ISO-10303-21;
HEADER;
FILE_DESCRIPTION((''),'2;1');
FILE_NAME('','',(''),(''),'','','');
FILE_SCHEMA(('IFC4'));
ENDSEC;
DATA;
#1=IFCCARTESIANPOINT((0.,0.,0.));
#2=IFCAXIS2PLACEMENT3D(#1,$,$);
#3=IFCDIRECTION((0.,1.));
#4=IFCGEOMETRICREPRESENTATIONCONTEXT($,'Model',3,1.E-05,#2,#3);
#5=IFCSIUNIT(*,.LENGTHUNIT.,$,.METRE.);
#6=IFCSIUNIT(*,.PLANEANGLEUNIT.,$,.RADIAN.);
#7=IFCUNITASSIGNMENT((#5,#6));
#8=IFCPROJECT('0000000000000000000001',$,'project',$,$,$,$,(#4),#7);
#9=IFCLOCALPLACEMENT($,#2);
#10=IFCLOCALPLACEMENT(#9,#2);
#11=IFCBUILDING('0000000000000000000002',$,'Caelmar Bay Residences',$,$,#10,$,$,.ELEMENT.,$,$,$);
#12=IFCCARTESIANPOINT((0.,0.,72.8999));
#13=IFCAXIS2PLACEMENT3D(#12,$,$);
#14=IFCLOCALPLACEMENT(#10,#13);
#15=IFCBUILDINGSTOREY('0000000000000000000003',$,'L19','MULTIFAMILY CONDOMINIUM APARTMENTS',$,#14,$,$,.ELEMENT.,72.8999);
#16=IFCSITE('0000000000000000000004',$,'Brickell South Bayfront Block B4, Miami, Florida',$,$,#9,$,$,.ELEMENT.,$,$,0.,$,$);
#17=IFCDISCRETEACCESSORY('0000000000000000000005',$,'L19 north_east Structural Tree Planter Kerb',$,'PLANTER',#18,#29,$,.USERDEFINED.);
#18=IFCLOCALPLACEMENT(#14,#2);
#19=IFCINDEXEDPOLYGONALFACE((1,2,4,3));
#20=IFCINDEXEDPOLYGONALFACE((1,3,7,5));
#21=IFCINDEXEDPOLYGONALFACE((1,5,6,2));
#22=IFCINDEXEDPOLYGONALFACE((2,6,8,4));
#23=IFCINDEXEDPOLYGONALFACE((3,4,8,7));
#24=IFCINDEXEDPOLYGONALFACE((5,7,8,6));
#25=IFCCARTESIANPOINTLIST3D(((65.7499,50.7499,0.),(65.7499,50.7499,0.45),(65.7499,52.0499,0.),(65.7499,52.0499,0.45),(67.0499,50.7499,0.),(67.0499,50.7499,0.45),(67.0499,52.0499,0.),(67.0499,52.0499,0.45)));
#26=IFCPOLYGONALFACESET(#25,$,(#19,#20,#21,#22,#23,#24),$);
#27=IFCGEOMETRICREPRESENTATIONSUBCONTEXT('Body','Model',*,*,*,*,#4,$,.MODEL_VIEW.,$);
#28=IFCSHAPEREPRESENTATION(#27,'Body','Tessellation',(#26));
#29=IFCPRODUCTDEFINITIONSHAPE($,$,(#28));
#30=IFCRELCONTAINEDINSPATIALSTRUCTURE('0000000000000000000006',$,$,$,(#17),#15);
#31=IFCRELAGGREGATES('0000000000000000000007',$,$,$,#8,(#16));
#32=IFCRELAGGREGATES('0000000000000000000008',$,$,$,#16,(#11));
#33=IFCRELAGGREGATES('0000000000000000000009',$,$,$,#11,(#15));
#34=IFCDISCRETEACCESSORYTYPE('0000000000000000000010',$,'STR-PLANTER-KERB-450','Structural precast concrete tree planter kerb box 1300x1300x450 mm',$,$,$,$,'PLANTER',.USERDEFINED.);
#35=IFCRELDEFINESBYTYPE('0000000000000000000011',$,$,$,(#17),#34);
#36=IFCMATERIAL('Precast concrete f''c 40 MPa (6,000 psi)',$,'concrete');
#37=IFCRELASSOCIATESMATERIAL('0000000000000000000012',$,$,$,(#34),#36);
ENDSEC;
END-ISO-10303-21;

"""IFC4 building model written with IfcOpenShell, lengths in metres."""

from ifc_helpers import new_model, si_unit, direction, frame, origin, origin_2d, place, context, subcontext, project, spatial, rectangle, extrude, material, type_object, element, save


model = new_model("IFC4")

# Units and contexts
model_context = context("Model", 3, precision=1e-05, world=origin(), true_north=direction((0.0, 1.0)))
body_context = subcontext(model_context, "Body", "Model", "MODEL_VIEW")
ifc_project = project(units=[si_unit("LENGTHUNIT", "METRE"), si_unit("PLANEANGLEUNIT", "RADIAN")], contexts=[model_context])

# Site, building, storey
site_placement = place(None, origin())
site = spatial("IfcSite", under=ifc_project, at=site_placement, Name="Brickell South Bayfront Block B4, Miami, Florida", CompositionType="ELEMENT", RefElevation=0.0)
building_placement = place(site_placement, origin())
building = spatial("IfcBuilding", under=site, at=building_placement, Name="Caelmar Bay Residences", CompositionType="ELEMENT")
storey_placement = place(building_placement, frame((0.0, 0.0, 72.8999)))
storey = spatial("IfcBuildingStorey", under=building, at=storey_placement, Name="L19", Description="MULTIFAMILY CONDOMINIUM APARTMENTS", CompositionType="ELEMENT", Elevation=72.8999)

# Shared definitions
ifc_material_1 = material(Name="Precast concrete f'c 40 MPa (6,000 psi)", Category="concrete")

# Discrete accessory
discrete_accessory_type = type_object("IfcDiscreteAccessoryType", Name="STR-PLANTER-KERB-450", Description="Structural precast concrete tree planter kerb box 1300x1300x450 mm", ElementType="PLANTER", PredefinedType="USERDEFINED", material=ifc_material_1)
discrete_accessory_placement = place(storey_placement, frame((66.3999, 51.3999, 0.0), z_axis=(0.0, 0.0, 1.0), x_axis=(1.0, 0.0, 0.0)))
element("IfcDiscreteAccessory", 1, at=discrete_accessory_placement, inside=storey, type_object=discrete_accessory_type, Name="L19 north_east Structural Tree Planter Kerb", ObjectType="PLANTER", PredefinedType="USERDEFINED", context=body_context, shape_type="SweptSolid", body=[
    extrude(rectangle(XDim=1.3, YDim=1.3, at=origin_2d()), origin(), (0.0, 0.0, 1.0), 0.45),
])

save(model, "model.ifc")
